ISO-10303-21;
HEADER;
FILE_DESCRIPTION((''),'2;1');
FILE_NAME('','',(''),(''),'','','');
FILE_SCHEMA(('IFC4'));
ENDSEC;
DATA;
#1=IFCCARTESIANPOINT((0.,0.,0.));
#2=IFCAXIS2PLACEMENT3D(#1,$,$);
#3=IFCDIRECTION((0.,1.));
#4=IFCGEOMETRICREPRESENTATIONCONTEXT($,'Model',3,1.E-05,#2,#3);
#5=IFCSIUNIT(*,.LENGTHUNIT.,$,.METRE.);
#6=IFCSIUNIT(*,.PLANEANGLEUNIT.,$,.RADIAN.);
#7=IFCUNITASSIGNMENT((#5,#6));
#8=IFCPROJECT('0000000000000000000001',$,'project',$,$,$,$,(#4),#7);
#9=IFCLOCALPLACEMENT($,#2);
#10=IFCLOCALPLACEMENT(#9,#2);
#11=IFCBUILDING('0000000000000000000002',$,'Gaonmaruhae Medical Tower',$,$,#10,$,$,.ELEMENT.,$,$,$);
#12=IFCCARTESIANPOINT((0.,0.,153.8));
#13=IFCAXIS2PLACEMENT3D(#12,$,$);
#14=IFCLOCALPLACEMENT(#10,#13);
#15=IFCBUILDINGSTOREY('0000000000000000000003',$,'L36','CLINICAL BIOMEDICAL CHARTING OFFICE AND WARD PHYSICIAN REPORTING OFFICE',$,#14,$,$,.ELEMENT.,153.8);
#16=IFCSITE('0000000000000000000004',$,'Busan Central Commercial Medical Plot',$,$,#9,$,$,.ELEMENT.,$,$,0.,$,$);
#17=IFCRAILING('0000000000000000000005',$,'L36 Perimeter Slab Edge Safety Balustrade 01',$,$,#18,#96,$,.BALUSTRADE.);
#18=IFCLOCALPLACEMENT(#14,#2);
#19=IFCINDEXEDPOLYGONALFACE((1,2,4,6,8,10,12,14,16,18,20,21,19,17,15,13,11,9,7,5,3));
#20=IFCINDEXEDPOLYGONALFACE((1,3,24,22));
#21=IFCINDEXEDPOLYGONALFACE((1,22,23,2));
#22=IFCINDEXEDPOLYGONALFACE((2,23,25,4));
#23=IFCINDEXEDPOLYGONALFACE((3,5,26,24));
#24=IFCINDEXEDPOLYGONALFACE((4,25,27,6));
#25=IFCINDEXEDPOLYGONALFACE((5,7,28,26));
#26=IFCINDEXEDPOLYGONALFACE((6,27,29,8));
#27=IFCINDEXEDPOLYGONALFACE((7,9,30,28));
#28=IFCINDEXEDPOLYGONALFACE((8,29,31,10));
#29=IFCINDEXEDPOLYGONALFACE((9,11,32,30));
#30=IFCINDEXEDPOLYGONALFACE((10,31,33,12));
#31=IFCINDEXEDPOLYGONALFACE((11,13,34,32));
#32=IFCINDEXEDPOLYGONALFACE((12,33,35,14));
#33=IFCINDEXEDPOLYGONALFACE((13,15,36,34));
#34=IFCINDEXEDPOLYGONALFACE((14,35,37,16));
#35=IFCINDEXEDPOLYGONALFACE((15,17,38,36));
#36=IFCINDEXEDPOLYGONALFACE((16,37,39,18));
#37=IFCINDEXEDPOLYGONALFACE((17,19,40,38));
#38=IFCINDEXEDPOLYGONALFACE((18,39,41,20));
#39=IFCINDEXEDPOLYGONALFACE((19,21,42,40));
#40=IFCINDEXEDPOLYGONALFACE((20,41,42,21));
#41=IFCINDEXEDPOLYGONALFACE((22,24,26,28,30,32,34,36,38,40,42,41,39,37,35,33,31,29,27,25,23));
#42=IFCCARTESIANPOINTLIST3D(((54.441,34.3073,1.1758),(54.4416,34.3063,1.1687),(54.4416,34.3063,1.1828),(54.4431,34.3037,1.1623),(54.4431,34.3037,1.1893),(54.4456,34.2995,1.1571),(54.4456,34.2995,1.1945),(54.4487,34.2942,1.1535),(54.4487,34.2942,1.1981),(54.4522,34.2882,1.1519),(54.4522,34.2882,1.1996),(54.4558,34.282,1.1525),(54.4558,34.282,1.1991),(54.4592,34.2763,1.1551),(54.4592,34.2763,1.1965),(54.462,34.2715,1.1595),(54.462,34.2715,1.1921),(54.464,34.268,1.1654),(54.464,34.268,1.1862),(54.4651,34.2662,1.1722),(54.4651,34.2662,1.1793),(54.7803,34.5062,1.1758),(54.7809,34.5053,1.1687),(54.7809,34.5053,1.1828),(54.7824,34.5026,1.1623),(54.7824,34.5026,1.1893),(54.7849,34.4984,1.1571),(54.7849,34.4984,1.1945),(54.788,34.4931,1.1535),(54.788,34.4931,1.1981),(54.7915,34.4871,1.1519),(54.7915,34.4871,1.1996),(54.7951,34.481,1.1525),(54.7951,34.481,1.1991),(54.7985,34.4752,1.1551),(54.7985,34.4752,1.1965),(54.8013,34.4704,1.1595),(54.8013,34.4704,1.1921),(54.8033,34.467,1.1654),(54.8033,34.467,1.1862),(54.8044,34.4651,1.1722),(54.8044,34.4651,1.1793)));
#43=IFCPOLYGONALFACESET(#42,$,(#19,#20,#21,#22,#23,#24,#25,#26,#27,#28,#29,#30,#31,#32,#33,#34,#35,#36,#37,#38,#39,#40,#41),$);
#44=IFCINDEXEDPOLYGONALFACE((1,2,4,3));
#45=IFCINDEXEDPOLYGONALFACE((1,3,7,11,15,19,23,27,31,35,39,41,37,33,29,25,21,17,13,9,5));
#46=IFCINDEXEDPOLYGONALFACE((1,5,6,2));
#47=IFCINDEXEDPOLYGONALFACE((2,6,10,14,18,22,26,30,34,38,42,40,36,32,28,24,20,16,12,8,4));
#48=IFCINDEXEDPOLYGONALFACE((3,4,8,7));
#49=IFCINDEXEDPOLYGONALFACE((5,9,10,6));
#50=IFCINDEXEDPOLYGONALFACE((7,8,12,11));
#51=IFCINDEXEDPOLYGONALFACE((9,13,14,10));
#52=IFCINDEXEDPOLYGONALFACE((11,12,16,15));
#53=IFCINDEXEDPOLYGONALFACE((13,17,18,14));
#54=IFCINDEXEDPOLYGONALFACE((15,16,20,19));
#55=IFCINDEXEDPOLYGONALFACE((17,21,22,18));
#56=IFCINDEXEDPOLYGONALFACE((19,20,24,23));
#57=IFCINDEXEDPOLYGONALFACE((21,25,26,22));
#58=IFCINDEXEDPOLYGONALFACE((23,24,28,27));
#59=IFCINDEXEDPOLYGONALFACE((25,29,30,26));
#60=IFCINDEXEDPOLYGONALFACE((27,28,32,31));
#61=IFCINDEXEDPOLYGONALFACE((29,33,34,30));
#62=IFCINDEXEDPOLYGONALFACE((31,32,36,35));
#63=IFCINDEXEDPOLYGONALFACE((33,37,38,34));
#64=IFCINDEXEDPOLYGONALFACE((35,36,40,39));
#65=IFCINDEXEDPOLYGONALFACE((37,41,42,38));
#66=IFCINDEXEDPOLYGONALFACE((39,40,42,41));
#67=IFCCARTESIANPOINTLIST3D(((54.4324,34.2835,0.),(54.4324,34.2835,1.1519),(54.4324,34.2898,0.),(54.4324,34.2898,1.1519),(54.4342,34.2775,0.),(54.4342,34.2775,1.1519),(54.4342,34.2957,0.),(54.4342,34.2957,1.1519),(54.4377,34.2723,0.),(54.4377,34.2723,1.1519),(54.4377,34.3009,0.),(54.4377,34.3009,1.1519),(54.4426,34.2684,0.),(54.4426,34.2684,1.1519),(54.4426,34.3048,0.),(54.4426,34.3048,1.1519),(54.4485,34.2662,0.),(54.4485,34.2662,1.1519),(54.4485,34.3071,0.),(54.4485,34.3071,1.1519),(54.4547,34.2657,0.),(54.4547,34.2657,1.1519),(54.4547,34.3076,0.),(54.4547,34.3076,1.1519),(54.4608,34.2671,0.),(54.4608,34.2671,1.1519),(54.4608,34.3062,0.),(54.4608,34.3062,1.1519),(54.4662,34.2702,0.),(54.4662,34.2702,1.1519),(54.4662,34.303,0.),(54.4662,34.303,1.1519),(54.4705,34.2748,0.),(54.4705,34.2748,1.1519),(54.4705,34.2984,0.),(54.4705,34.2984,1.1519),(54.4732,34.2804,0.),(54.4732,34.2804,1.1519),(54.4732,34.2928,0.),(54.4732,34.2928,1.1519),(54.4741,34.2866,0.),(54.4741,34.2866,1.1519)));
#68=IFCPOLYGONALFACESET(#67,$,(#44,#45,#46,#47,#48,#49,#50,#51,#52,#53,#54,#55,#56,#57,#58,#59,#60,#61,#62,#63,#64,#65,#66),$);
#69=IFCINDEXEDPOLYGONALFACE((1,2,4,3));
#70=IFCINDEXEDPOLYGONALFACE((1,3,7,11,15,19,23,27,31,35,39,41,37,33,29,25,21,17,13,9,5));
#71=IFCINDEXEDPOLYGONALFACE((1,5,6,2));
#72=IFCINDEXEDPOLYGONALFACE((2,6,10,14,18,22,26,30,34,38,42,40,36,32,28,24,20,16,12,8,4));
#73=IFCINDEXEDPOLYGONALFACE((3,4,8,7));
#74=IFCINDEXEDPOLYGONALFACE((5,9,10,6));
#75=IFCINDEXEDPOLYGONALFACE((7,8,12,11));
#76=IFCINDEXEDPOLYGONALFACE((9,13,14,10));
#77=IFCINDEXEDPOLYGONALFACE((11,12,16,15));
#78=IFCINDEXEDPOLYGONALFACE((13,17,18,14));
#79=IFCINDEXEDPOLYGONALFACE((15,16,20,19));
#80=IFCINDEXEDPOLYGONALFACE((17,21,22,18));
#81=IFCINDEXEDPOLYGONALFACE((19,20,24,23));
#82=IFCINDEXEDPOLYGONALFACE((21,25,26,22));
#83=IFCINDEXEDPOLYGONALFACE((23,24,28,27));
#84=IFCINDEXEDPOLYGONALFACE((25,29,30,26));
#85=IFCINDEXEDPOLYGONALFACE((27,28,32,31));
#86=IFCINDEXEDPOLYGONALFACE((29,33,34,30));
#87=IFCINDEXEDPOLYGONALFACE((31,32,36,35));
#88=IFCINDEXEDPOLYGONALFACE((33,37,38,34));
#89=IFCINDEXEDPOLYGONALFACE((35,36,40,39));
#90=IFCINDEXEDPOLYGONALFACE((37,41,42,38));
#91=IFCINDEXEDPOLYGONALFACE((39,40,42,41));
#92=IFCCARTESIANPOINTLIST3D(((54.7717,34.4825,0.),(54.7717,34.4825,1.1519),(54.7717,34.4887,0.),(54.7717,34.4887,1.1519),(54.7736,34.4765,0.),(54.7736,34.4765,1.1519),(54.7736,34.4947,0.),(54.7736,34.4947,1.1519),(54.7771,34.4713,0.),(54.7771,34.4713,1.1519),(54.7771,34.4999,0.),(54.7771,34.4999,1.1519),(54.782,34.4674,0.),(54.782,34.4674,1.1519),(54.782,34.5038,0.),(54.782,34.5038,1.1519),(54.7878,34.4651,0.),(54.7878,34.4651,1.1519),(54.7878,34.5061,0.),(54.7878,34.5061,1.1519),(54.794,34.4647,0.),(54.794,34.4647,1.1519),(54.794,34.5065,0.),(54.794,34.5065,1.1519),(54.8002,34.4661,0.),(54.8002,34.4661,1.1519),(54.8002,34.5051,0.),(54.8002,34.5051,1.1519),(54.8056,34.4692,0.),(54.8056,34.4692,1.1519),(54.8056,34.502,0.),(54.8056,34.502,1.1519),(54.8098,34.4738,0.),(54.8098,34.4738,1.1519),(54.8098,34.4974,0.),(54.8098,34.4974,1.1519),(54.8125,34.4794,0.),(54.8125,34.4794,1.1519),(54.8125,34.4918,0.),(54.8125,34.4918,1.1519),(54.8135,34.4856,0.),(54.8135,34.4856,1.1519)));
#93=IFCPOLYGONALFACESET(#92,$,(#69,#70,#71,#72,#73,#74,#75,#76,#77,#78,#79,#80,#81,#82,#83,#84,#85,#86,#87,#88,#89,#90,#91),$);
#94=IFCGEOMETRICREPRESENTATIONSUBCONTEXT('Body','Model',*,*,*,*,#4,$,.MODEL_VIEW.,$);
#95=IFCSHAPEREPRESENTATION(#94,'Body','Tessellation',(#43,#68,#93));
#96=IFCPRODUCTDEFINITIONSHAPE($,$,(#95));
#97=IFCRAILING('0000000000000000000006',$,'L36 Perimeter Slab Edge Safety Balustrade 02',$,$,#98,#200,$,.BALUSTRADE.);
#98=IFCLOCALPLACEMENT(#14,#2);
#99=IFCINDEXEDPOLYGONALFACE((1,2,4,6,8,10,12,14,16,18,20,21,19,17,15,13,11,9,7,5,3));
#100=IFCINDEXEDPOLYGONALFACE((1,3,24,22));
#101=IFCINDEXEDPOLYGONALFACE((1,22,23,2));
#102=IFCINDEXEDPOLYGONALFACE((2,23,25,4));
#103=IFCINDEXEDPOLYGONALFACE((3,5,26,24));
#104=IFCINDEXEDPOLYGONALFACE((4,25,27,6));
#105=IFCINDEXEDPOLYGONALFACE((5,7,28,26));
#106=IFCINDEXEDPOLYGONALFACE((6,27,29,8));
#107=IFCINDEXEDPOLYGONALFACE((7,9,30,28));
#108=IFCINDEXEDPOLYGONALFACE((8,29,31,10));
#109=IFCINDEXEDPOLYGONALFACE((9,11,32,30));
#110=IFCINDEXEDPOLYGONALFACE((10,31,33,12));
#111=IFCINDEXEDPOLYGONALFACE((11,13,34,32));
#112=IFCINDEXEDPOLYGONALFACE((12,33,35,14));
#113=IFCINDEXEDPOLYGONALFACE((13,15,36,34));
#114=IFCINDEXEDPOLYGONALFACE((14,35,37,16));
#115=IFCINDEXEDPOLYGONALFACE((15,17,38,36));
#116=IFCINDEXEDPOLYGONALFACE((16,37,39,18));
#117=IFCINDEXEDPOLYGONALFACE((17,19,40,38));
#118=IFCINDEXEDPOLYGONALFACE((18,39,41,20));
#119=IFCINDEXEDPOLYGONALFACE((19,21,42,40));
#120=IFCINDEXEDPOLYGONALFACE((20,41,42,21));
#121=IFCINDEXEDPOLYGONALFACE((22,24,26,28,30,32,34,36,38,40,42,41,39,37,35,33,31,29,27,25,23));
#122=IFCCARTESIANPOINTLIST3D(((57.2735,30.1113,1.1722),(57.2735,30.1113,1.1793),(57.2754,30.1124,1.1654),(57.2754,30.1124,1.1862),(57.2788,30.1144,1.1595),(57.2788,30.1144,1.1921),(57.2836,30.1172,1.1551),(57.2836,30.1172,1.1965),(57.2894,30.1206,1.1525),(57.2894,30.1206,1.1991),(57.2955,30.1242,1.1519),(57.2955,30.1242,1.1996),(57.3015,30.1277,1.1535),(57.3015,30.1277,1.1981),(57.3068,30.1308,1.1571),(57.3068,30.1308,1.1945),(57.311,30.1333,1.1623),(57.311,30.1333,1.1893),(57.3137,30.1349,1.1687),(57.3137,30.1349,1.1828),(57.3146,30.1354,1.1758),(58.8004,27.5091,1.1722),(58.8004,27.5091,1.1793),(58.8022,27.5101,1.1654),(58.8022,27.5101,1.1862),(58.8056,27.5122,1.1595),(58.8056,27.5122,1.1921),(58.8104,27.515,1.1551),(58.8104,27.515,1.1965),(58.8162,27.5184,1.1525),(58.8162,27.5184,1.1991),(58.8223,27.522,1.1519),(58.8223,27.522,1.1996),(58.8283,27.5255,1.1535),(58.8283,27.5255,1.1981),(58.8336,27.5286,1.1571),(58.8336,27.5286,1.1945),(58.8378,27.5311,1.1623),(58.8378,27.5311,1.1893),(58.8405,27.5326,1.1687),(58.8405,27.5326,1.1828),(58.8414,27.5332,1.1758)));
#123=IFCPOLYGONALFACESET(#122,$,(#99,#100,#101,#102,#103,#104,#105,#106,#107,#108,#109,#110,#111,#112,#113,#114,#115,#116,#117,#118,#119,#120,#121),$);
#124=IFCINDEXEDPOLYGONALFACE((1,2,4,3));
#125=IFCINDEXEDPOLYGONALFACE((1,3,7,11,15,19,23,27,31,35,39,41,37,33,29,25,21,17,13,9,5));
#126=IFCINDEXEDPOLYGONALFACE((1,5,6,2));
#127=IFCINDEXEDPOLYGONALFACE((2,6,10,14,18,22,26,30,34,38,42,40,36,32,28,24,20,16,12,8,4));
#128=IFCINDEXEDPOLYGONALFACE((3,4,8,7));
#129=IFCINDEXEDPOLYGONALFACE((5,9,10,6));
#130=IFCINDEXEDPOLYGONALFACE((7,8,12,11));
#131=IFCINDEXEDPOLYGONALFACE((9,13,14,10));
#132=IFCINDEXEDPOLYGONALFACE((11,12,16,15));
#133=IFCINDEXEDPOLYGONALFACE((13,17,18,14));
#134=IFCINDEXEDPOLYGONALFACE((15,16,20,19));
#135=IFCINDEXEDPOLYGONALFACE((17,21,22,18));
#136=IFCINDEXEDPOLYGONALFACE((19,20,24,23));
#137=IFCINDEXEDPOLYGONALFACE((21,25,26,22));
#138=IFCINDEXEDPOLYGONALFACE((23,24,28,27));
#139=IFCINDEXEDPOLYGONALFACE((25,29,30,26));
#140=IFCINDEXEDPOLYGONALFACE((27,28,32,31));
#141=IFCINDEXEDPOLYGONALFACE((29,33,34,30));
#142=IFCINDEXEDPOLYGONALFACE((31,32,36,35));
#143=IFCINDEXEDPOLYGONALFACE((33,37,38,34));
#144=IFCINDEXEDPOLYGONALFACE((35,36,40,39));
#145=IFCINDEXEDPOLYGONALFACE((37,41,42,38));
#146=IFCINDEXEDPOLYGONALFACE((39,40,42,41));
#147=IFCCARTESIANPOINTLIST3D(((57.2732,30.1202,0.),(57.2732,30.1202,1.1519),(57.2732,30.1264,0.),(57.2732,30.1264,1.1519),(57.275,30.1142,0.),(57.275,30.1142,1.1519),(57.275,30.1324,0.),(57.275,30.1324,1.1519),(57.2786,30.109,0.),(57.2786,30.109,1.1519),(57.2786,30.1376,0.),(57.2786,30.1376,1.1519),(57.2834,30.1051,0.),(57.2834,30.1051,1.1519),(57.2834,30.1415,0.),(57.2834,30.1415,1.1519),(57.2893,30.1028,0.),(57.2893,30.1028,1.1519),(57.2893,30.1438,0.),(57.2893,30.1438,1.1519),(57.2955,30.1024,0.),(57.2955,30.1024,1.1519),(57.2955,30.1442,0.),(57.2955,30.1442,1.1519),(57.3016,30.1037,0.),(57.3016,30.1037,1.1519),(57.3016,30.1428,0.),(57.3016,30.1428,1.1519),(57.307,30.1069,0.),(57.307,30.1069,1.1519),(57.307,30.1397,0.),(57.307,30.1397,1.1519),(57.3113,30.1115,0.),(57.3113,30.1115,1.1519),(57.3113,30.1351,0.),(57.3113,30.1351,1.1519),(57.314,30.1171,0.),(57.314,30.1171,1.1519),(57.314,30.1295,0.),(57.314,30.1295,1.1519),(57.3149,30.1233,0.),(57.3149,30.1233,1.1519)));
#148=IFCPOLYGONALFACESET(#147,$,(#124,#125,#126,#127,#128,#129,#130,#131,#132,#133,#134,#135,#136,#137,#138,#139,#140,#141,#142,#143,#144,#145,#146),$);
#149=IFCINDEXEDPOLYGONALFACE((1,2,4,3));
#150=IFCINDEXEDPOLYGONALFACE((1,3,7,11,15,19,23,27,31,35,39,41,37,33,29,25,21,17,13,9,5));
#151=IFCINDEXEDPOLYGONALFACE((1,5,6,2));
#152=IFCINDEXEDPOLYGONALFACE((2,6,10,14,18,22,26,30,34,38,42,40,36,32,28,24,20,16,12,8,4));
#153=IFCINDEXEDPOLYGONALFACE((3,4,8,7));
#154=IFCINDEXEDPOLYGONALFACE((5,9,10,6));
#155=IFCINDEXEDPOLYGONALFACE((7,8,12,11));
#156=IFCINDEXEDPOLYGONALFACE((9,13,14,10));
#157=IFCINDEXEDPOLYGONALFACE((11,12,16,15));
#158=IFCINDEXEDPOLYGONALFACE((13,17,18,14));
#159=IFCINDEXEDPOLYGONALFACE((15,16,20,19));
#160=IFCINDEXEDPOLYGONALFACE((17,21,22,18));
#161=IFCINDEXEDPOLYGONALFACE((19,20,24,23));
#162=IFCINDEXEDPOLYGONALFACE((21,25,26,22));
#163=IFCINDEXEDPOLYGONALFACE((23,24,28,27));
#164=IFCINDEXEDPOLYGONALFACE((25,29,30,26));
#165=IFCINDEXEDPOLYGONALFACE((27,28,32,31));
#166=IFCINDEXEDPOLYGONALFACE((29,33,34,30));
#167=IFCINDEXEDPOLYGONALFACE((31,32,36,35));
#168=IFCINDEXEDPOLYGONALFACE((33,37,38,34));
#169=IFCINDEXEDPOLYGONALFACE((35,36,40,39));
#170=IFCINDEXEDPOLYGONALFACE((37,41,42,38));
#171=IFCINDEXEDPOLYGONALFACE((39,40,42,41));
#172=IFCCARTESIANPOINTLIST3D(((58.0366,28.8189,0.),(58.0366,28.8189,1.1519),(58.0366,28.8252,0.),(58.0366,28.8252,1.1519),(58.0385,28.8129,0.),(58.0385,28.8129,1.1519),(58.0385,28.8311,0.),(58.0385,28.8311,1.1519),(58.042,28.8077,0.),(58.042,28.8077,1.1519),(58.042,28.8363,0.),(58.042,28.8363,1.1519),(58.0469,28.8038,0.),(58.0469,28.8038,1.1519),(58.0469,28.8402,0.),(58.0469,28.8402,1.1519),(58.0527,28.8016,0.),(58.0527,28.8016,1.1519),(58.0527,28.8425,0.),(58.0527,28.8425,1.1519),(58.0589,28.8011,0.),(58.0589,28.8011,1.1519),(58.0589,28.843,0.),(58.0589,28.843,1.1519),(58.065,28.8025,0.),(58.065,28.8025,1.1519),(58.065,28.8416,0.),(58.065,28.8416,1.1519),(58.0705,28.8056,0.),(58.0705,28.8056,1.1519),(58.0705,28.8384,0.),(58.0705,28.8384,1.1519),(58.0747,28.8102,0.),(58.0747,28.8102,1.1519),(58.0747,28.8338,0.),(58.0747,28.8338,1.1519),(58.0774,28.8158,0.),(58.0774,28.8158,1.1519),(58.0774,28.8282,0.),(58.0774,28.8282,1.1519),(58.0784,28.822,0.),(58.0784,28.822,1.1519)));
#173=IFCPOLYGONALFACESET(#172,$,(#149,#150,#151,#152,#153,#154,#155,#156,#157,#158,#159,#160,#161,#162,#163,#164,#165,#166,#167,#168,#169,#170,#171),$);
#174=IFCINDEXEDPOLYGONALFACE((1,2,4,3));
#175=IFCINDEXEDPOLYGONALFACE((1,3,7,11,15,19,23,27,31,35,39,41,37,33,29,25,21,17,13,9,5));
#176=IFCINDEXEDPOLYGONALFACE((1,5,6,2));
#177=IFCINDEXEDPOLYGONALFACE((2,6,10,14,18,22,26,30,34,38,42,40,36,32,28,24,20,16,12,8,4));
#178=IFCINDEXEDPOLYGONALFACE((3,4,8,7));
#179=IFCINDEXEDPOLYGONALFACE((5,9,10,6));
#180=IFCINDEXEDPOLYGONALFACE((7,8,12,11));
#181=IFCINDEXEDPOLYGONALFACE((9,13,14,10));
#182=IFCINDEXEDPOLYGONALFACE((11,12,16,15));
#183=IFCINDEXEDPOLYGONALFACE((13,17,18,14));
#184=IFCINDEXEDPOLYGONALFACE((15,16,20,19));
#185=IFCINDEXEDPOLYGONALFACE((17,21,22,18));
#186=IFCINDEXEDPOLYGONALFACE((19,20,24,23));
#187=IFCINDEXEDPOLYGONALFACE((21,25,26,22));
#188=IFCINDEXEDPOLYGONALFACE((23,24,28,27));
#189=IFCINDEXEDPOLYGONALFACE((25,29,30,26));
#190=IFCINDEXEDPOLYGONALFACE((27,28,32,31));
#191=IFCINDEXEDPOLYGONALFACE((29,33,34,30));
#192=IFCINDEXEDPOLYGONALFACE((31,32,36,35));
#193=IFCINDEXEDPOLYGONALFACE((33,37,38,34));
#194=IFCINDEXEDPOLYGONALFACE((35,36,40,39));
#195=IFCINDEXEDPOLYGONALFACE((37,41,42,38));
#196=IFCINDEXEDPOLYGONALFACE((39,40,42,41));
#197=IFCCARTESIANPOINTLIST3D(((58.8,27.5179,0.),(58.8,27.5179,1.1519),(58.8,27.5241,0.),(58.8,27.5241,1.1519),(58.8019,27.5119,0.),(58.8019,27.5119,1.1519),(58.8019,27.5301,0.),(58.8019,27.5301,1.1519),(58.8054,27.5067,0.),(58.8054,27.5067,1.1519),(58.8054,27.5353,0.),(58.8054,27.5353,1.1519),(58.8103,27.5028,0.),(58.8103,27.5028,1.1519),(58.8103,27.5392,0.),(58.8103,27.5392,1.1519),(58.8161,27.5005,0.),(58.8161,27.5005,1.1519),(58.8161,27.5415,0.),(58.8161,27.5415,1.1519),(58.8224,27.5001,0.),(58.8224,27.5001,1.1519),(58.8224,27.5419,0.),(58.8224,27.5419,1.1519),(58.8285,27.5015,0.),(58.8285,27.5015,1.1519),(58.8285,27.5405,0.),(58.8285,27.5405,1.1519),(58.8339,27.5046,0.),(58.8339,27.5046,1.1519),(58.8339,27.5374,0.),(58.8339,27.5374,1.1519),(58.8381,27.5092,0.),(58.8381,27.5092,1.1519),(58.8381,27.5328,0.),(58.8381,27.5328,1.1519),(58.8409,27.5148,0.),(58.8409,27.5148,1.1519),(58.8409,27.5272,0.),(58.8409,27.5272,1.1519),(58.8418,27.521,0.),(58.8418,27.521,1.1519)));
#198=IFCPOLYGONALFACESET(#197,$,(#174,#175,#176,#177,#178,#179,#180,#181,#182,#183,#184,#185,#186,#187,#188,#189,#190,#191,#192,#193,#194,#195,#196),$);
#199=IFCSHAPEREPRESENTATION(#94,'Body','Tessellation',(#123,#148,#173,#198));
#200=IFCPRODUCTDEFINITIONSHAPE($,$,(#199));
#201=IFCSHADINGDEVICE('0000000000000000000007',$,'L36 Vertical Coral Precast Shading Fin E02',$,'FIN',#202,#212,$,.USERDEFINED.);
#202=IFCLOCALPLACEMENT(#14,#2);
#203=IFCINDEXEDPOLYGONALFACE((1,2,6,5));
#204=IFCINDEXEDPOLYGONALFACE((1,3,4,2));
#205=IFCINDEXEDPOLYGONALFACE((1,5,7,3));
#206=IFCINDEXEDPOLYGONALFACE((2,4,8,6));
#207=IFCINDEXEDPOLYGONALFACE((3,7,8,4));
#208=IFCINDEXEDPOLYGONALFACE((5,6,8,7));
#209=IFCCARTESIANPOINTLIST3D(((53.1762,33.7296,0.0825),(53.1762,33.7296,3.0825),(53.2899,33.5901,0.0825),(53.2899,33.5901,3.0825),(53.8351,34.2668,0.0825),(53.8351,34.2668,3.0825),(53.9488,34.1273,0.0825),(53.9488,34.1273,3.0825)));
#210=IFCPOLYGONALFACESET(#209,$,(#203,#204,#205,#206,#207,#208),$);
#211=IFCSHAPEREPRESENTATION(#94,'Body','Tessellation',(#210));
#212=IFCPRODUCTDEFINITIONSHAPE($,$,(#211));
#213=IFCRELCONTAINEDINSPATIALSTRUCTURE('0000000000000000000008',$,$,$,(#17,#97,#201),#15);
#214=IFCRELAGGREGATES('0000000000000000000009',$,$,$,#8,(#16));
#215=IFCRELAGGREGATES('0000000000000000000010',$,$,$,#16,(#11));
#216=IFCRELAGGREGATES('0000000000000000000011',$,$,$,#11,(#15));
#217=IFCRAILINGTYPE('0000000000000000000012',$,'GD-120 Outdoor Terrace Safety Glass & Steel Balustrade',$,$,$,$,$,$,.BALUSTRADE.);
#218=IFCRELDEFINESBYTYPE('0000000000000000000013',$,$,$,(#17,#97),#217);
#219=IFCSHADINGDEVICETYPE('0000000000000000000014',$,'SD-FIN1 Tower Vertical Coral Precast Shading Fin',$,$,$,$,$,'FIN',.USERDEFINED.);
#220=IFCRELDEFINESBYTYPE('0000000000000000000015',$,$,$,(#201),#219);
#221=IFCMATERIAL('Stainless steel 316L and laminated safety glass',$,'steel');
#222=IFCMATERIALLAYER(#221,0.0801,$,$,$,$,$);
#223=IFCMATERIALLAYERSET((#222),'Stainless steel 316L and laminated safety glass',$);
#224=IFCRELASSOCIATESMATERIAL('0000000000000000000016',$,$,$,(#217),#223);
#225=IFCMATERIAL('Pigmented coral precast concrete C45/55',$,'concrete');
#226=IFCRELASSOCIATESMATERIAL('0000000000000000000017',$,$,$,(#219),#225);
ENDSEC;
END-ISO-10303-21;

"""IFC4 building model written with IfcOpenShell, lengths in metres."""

from ifc_helpers import new_model, si_unit, direction, frame, origin, origin_2d, place, context, subcontext, project, spatial, rectangle, circle, extrude, material, layer, layer_set, type_object, element, save


model = new_model("IFC4")

# Units and contexts
model_context = context("Model", 3, precision=1e-05, world=origin(), true_north=direction((0.0, 1.0)))
body_context = subcontext(model_context, "Body", "Model", "MODEL_VIEW")
ifc_project = project(units=[si_unit("LENGTHUNIT", "METRE"), si_unit("PLANEANGLEUNIT", "RADIAN")], contexts=[model_context])

# Site, building, storey
site_placement = place(None, origin())
site = spatial("IfcSite", under=ifc_project, at=site_placement, Name="Busan Central Commercial Medical Plot", CompositionType="ELEMENT", RefElevation=0.0)
building_placement = place(site_placement, origin())
building = spatial("IfcBuilding", under=site, at=building_placement, Name="Gaonmaruhae Medical Tower", CompositionType="ELEMENT")
storey_placement = place(building_placement, frame((0.0, 0.0, 153.8)))
storey = spatial("IfcBuildingStorey", under=building, at=storey_placement, Name="L36", Description="CLINICAL BIOMEDICAL CHARTING OFFICE AND WARD PHYSICIAN REPORTING OFFICE", CompositionType="ELEMENT", Elevation=153.8)

# Railings
ifc_material_1 = material(Name="Stainless steel 316L and laminated safety glass", Category="steel")
ifc_layer_1 = layer(ifc_material_1, 0.0801)
ifc_layer_set_1 = layer_set([ifc_layer_1], Name="Stainless steel 316L and laminated safety glass")
railing_type = type_object("IfcRailingType", Name="GD-120 Outdoor Terrace Safety Glass & Steel Balustrade", PredefinedType="BALUSTRADE", material=ifc_layer_set_1)
railing_1_placement = place(storey_placement, frame((54.4531, 34.2866, 0.0)))
element("IfcRailing", 1, at=railing_1_placement, inside=storey, type_object=railing_type, Name="L36 Perimeter Slab Edge Safety Balustrade 01", PredefinedType="BALUSTRADE", context=body_context, shape_type="SweptSolid", body=[
    extrude(circle(Radius=0.0239, at=origin_2d()), frame((0.0, 0.0, 1.1758), z_axis=(0.862651, 0.505799, 0.0), x_axis=(-0.505799, 0.862651, 0.0)), (0.0, 0.0, 1.0), 0.3933),
    extrude(circle(Radius=0.021, at=origin_2d()), origin(), (0.0, 0.0, 1.0), 1.1519),
    extrude(circle(Radius=0.021, at=origin_2d()), frame((0.3394, 0.199, 0.0)), (0.0, 0.0, 1.0), 1.1519),
])
railing_2_placement = place(storey_placement, frame((57.2939, 30.1233, 0.0)))
element("IfcRailing", 2, at=railing_2_placement, inside=storey, type_object=railing_type, Name="L36 Perimeter Slab Edge Safety Balustrade 02", PredefinedType="BALUSTRADE", context=body_context, shape_type="SweptSolid", body=[
    extrude(circle(Radius=0.0239, at=origin_2d()), frame((0.0, 0.0, 1.1758), z_axis=(0.506058, -0.862499, 0.0), x_axis=(0.862499, 0.506058, 0.0)), (0.0, 0.0, 1.0), 3.0171),
    extrude(circle(Radius=0.021, at=origin_2d()), origin(), (0.0, 0.0, 1.0), 1.1519),
    extrude(circle(Radius=0.021, at=origin_2d()), frame((0.7634, -1.3013, 0.0)), (0.0, 0.0, 1.0), 1.1519),
    extrude(circle(Radius=0.021, at=origin_2d()), frame((1.5269, -2.6023, 0.0)), (0.0, 0.0, 1.0), 1.1519),
])

# Shading device
ifc_material_2 = material(Name="Pigmented coral precast concrete C45/55", Category="concrete")
shading_device_type = type_object("IfcShadingDeviceType", Name="SD-FIN1 Tower Vertical Coral Precast Shading Fin", ElementType="FIN", PredefinedType="USERDEFINED", material=ifc_material_2)
for number, where, z_axis, x_axis, name in (
    (3, (53.5625, 33.9285, 0.0825), (0.0, 0.0, 1.0), (0.631908, -0.775044, 0.0), "L36 Vertical Coral Precast Shading Fin E02"),
):
    element("IfcShadingDevice", number, at=place(storey_placement, frame(where, z_axis=z_axis, x_axis=x_axis)), inside=storey, type_object=shading_device_type, Name=name, ObjectType="FIN", PredefinedType="USERDEFINED", context=body_context, shape_type="SweptSolid", body=[
        extrude(rectangle(XDim=0.1799, YDim=0.8501, at=origin_2d()), origin(), (0.0, 0.0, 1.0), 3.0),
    ])

save(model, "model.ifc")
